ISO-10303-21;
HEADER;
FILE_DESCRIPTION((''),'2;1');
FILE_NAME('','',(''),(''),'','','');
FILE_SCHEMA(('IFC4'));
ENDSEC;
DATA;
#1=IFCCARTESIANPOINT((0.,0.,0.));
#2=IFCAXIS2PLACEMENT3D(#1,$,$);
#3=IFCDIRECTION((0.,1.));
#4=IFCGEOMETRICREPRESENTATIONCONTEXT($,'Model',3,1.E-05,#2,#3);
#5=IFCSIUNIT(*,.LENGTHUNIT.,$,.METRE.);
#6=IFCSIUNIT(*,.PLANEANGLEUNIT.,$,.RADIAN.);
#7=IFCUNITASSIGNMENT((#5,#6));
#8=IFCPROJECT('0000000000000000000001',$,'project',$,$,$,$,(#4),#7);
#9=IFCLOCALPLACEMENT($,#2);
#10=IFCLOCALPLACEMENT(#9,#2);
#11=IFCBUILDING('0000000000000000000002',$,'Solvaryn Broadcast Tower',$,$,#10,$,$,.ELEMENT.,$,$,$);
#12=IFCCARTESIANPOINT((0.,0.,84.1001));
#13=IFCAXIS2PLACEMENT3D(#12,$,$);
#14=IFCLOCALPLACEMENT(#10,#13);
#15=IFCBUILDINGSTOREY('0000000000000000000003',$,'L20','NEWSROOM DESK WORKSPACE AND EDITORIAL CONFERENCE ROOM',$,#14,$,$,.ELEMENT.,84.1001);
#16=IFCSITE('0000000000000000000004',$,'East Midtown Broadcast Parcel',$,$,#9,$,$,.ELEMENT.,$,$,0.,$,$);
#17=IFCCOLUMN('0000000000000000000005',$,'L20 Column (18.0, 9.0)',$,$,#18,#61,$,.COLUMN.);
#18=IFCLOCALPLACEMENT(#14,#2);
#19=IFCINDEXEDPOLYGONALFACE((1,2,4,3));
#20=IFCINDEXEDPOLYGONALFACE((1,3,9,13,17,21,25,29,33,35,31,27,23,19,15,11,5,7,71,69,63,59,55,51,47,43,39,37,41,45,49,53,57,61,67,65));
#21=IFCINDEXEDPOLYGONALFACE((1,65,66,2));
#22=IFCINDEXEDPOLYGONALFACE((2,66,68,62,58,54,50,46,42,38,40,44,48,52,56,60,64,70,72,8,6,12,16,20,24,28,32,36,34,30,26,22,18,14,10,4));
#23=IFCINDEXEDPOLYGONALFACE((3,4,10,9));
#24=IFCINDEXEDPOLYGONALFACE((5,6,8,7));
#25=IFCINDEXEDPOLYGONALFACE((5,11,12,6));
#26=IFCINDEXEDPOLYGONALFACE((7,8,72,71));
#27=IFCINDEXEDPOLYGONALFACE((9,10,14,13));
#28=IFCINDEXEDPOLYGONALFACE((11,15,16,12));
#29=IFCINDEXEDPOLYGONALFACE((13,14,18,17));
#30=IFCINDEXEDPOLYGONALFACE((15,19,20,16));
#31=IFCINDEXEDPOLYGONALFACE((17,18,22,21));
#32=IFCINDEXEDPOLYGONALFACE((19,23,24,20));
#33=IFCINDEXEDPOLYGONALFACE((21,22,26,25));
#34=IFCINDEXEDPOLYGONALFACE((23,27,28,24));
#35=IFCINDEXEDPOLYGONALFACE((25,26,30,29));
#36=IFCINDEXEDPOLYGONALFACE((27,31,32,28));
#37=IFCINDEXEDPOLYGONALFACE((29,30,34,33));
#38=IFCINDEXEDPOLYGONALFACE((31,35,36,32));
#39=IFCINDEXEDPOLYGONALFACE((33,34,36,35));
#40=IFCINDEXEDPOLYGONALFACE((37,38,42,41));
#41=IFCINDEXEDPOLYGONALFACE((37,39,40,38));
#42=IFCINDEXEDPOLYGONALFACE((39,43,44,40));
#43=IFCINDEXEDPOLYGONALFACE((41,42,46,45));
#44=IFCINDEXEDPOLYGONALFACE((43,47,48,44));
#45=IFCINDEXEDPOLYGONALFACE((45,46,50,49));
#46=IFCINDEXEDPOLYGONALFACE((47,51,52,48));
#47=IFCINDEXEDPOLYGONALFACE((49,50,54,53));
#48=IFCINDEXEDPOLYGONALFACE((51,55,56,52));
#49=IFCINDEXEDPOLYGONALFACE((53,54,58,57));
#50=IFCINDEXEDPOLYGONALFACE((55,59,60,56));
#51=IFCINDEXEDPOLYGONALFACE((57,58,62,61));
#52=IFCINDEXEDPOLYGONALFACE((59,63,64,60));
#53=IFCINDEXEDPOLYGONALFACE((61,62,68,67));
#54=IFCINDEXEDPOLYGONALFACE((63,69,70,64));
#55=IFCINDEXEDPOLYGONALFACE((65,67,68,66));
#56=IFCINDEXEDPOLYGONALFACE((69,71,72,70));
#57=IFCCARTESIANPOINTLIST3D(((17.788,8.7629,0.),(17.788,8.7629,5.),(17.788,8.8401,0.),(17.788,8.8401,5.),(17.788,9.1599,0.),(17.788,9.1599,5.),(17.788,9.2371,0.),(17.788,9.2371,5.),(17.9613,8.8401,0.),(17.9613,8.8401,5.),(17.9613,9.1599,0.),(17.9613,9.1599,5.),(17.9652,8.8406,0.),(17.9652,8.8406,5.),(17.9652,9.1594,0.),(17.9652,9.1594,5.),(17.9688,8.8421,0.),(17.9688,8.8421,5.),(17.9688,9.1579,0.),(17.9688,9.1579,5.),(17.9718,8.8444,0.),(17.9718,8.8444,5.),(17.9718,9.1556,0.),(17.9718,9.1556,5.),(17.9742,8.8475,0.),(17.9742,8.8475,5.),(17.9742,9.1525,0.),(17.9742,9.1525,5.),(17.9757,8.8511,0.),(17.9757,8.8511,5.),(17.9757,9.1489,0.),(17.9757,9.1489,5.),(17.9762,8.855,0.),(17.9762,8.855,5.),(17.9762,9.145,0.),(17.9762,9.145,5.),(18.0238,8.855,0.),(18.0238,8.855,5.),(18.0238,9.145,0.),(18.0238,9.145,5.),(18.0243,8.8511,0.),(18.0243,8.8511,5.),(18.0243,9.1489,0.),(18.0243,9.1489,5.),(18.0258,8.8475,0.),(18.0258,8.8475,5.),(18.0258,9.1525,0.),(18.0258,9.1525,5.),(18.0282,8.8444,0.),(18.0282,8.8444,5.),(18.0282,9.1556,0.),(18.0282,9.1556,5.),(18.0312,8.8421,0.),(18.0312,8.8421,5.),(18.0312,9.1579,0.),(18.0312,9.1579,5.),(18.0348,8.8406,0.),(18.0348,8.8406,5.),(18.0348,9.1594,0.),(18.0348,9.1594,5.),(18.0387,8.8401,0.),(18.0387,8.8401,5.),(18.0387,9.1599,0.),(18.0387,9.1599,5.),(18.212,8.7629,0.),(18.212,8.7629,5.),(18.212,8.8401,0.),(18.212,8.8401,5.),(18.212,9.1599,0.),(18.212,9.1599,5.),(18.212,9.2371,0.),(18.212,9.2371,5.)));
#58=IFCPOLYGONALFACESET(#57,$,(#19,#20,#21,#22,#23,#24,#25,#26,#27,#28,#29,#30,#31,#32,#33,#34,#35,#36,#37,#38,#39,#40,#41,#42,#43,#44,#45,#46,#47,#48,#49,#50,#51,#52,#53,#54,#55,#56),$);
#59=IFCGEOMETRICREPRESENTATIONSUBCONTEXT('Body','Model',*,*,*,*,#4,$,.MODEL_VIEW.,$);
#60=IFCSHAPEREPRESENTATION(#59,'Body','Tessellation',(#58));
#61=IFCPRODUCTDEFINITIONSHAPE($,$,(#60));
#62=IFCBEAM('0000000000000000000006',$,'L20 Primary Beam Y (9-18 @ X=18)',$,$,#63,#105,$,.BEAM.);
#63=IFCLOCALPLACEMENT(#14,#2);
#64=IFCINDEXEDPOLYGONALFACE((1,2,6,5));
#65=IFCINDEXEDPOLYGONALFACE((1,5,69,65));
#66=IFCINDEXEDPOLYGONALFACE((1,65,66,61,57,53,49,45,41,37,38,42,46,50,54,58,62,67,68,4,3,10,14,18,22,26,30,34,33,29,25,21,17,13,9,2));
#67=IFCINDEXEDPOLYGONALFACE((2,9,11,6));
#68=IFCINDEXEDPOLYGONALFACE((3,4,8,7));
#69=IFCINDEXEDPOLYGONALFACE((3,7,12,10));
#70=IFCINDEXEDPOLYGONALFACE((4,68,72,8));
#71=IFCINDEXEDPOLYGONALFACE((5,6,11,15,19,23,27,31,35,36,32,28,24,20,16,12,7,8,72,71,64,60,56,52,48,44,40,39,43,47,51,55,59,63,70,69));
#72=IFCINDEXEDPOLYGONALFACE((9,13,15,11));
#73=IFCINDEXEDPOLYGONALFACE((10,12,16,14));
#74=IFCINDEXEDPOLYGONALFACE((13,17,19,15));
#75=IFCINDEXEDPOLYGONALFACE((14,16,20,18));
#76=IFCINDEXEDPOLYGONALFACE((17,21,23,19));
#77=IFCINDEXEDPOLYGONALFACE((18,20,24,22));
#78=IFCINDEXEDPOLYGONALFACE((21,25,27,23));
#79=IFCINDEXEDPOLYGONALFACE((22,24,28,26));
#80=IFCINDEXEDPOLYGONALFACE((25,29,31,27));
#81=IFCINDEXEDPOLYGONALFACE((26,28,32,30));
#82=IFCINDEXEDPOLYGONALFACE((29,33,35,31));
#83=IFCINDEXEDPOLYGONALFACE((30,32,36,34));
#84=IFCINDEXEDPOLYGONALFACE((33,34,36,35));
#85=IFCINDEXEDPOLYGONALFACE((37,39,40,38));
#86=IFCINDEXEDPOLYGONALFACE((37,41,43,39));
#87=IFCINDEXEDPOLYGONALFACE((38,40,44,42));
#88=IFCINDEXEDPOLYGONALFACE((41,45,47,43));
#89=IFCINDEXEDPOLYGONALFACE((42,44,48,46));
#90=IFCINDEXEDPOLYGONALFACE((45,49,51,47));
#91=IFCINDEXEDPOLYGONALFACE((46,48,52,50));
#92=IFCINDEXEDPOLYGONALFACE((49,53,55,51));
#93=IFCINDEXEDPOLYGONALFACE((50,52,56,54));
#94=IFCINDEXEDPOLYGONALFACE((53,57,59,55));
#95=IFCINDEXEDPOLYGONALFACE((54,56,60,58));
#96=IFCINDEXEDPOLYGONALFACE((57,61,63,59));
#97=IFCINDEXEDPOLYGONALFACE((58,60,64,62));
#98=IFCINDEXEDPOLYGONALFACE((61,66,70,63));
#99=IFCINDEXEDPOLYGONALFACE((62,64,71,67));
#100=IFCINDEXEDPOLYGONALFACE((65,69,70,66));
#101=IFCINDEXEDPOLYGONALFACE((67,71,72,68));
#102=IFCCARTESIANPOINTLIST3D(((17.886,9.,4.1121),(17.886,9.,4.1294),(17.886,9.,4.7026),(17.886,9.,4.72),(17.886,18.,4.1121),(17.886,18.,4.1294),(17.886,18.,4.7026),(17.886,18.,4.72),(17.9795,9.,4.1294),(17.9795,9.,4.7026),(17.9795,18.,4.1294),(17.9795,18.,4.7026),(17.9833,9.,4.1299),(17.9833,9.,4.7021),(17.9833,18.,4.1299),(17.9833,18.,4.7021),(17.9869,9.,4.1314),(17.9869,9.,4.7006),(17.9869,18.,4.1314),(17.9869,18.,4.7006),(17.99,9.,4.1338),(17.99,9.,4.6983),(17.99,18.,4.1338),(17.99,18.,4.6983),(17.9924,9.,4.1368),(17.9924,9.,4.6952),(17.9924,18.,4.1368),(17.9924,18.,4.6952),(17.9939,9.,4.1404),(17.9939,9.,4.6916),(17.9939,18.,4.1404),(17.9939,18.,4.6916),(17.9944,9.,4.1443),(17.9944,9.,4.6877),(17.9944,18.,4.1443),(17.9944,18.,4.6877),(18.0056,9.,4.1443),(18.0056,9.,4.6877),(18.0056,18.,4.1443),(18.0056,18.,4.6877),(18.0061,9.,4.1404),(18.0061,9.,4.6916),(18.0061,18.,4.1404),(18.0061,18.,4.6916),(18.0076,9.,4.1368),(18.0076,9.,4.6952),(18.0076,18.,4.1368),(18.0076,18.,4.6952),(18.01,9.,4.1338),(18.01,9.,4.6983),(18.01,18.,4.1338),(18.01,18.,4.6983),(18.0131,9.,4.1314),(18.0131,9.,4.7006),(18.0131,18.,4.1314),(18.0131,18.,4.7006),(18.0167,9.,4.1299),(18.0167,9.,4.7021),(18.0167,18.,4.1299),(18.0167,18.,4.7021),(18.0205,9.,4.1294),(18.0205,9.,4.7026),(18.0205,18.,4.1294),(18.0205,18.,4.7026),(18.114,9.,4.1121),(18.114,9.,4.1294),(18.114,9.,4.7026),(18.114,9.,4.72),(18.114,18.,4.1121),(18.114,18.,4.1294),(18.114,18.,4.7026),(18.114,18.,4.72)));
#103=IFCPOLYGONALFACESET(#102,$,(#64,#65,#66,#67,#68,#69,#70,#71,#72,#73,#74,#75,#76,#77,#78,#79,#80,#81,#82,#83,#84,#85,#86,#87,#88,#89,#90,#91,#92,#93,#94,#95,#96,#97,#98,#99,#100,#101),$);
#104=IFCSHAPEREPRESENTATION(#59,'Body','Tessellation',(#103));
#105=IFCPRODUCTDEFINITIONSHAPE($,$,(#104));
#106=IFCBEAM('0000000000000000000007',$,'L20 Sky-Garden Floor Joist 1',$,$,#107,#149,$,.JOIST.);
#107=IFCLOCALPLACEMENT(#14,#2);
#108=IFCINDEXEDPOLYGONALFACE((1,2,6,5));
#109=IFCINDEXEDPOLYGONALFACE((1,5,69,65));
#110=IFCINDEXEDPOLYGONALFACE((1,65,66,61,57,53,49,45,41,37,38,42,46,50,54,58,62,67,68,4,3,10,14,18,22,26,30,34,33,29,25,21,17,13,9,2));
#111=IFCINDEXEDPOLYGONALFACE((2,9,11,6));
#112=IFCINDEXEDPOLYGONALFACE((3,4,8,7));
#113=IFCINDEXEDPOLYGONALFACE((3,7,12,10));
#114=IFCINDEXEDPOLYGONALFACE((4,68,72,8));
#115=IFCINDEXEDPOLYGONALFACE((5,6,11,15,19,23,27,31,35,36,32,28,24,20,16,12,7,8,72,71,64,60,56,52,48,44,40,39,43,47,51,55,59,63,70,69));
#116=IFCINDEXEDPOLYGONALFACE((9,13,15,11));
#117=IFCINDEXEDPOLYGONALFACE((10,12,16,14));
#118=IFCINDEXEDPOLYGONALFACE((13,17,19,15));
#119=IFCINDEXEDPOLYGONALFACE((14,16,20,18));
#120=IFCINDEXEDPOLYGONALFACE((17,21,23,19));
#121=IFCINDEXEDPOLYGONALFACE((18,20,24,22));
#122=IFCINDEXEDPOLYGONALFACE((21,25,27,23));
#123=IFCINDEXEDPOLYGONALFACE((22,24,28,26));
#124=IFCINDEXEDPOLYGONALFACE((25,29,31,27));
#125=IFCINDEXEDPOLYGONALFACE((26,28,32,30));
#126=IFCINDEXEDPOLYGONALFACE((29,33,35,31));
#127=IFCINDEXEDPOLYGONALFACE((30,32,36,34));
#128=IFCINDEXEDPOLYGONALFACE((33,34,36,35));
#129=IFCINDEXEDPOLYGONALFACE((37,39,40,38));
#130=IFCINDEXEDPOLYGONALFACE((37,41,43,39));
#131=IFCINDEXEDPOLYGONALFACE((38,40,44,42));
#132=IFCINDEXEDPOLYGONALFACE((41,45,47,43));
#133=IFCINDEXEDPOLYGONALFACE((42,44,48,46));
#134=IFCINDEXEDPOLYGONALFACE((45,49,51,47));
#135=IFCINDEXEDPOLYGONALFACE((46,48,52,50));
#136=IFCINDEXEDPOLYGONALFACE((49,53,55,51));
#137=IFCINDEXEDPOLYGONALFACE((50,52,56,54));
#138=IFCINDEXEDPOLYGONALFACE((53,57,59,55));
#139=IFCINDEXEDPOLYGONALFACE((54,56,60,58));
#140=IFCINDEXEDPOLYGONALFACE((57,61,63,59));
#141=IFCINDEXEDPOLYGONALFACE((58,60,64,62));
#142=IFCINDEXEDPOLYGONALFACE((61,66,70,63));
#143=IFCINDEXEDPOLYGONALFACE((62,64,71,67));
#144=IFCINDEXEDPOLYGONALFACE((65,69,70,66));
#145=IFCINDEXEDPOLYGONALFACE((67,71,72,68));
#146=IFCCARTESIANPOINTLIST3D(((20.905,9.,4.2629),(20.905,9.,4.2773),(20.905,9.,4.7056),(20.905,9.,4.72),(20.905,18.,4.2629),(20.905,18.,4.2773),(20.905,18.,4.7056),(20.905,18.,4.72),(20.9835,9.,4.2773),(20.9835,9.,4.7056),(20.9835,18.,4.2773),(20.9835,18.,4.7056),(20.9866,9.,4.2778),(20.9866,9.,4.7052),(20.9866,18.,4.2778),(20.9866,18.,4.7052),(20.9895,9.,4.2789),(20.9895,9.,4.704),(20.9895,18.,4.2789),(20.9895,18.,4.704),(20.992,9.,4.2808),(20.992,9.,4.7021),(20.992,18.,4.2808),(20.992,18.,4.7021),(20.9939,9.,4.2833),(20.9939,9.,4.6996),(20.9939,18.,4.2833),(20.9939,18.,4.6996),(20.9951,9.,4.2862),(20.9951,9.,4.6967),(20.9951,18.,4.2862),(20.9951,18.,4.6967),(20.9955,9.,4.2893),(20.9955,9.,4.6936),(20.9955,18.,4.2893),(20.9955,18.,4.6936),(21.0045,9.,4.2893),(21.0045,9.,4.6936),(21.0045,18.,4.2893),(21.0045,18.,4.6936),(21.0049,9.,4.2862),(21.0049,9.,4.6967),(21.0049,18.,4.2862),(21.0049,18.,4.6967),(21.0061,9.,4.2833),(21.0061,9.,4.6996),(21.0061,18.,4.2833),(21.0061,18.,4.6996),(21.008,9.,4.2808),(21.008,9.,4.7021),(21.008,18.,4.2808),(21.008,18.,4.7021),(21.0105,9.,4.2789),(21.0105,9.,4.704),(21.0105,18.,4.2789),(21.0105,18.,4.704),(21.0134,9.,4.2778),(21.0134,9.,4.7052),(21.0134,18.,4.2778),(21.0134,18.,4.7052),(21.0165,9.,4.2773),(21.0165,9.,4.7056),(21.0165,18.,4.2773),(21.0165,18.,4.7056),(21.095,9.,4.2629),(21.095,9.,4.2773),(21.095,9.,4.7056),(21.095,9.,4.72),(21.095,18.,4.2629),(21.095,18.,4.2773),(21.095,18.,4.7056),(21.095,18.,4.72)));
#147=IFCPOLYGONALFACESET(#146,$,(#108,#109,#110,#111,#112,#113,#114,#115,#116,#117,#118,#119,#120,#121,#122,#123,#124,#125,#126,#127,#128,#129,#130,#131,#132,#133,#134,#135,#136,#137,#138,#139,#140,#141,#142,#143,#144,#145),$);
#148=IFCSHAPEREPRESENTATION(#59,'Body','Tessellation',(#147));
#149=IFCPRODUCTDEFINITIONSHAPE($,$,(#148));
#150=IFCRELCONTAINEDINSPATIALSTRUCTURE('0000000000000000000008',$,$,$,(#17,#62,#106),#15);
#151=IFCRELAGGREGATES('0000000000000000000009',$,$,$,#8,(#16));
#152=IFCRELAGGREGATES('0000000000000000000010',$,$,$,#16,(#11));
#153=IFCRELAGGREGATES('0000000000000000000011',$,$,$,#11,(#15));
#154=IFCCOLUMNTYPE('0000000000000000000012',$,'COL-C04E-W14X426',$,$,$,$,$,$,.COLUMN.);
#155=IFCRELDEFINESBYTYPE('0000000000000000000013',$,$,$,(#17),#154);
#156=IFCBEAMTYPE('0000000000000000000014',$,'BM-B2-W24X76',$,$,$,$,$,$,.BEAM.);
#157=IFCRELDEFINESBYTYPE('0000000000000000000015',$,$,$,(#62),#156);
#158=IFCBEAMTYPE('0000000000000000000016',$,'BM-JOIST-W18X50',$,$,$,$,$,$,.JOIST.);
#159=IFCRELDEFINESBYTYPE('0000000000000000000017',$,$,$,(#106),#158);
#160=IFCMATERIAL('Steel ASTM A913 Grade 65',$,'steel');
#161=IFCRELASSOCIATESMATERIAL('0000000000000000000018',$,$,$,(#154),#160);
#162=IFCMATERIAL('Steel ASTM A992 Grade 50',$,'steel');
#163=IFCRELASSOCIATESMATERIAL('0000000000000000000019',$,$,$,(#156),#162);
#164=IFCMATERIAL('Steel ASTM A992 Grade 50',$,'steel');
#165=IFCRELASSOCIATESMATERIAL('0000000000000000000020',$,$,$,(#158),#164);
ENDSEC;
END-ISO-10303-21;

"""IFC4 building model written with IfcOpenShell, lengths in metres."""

from ifc_helpers import new_model, si_unit, direction, frame, origin, origin_2d, place, context, subcontext, project, spatial, i_section, extrude, material, material_profile, profile_set, type_object, element, save


model = new_model("IFC4")

# Units and contexts
model_context = context("Model", 3, precision=1e-05, world=origin(), true_north=direction((0.0, 1.0)))
body_context = subcontext(model_context, "Body", "Model", "MODEL_VIEW")
ifc_project = project(units=[si_unit("LENGTHUNIT", "METRE"), si_unit("PLANEANGLEUNIT", "RADIAN")], contexts=[model_context])

# Site, building, storey
site_placement = place(None, origin())
site = spatial("IfcSite", under=ifc_project, at=site_placement, Name="East Midtown Broadcast Parcel", CompositionType="ELEMENT", RefElevation=0.0)
building_placement = place(site_placement, origin())
building = spatial("IfcBuilding", under=site, at=building_placement, Name="Solvaryn Broadcast Tower", CompositionType="ELEMENT")
storey_placement = place(building_placement, frame((0.0, 0.0, 84.1001)))
storey = spatial("IfcBuildingStorey", under=building, at=storey_placement, Name="L20", Description="NEWSROOM DESK WORKSPACE AND EDITORIAL CONFERENCE ROOM", CompositionType="ELEMENT", Elevation=84.1001)

# Column
ifc_material_1 = material(Name="Steel ASTM A913 Grade 65", Category="steel")
ifc_material_profile_1 = material_profile(ifc_material_1, i_section(OverallWidth=0.4241, OverallDepth=0.4741, WebThickness=0.0476, FlangeThickness=0.0771, FilletRadius=0.0149, at=origin_2d()))
ifc_profile_set_1 = profile_set([ifc_material_profile_1], Name="Steel ASTM A913 Grade 65")
column_type = type_object("IfcColumnType", Name="COL-C04E-W14X426", PredefinedType="COLUMN", material=ifc_profile_set_1)
column_placement = place(storey_placement, frame((18.0, 9.0, 0.0), z_axis=(0.0, 0.0, 1.0), x_axis=(1.0, 0.0, 0.0)))
element("IfcColumn", 1, at=column_placement, inside=storey, type_object=column_type, Name="L20 Column (18.0, 9.0)", PredefinedType="COLUMN", context=body_context, shape_type="SweptSolid", body=[
    extrude(i_section(OverallWidth=0.4241, OverallDepth=0.4741, WebThickness=0.0476, FlangeThickness=0.0771, FilletRadius=0.0149, at=origin_2d()), origin(), (0.0, 0.0, 1.0), 5.0),
])

# Beams
ifc_material_2 = material(Name="Steel ASTM A992 Grade 50", Category="steel")
ifc_material_profile_2 = material_profile(ifc_material_2, i_section(OverallWidth=0.228, OverallDepth=0.6079, WebThickness=0.0112, FlangeThickness=0.0173, FilletRadius=0.0149, at=origin_2d()))
ifc_profile_set_2 = profile_set([ifc_material_profile_2], Name="Steel ASTM A992 Grade 50")
beam_type_1 = type_object("IfcBeamType", Name="BM-B2-W24X76", PredefinedType="BEAM", material=ifc_profile_set_2)
beam_1_placement = place(storey_placement, frame((18.0, 9.0, 4.416), z_axis=(0.0, 1.0, 0.0), x_axis=(-1.0, 0.0, 0.0)))
element("IfcBeam", 2, at=beam_1_placement, inside=storey, type_object=beam_type_1, Name="L20 Primary Beam Y (9-18 @ X=18)", PredefinedType="BEAM", context=body_context, shape_type="SweptSolid", body=[
    extrude(i_section(OverallWidth=0.228, OverallDepth=0.6079, WebThickness=0.0112, FlangeThickness=0.0173, FilletRadius=0.0149, at=origin_2d()), origin(), (0.0, 0.0, 1.0), 9.0),
])
ifc_material_3 = material(Name="Steel ASTM A992 Grade 50", Category="steel")
ifc_material_profile_3 = material_profile(ifc_material_3, i_section(OverallWidth=0.1899, OverallDepth=0.457, WebThickness=0.009, FlangeThickness=0.0144, FilletRadius=0.012, at=origin_2d()))
ifc_profile_set_3 = profile_set([ifc_material_profile_3], Name="Steel ASTM A992 Grade 50")
beam_type_2 = type_object("IfcBeamType", Name="BM-JOIST-W18X50", PredefinedType="JOIST", material=ifc_profile_set_3)
beam_2_placement = place(storey_placement, frame((21.0, 9.0, 4.4915), z_axis=(0.0, 1.0, 0.0), x_axis=(-1.0, 0.0, 0.0)))
element("IfcBeam", 3, at=beam_2_placement, inside=storey, type_object=beam_type_2, Name="L20 Sky-Garden Floor Joist 1", PredefinedType="JOIST", context=body_context, shape_type="SweptSolid", body=[
    extrude(i_section(OverallWidth=0.1899, OverallDepth=0.457, WebThickness=0.009, FlangeThickness=0.0144, FilletRadius=0.012, at=origin_2d()), origin(), (0.0, 0.0, 1.0), 9.0),
])

save(model, "model.ifc")
